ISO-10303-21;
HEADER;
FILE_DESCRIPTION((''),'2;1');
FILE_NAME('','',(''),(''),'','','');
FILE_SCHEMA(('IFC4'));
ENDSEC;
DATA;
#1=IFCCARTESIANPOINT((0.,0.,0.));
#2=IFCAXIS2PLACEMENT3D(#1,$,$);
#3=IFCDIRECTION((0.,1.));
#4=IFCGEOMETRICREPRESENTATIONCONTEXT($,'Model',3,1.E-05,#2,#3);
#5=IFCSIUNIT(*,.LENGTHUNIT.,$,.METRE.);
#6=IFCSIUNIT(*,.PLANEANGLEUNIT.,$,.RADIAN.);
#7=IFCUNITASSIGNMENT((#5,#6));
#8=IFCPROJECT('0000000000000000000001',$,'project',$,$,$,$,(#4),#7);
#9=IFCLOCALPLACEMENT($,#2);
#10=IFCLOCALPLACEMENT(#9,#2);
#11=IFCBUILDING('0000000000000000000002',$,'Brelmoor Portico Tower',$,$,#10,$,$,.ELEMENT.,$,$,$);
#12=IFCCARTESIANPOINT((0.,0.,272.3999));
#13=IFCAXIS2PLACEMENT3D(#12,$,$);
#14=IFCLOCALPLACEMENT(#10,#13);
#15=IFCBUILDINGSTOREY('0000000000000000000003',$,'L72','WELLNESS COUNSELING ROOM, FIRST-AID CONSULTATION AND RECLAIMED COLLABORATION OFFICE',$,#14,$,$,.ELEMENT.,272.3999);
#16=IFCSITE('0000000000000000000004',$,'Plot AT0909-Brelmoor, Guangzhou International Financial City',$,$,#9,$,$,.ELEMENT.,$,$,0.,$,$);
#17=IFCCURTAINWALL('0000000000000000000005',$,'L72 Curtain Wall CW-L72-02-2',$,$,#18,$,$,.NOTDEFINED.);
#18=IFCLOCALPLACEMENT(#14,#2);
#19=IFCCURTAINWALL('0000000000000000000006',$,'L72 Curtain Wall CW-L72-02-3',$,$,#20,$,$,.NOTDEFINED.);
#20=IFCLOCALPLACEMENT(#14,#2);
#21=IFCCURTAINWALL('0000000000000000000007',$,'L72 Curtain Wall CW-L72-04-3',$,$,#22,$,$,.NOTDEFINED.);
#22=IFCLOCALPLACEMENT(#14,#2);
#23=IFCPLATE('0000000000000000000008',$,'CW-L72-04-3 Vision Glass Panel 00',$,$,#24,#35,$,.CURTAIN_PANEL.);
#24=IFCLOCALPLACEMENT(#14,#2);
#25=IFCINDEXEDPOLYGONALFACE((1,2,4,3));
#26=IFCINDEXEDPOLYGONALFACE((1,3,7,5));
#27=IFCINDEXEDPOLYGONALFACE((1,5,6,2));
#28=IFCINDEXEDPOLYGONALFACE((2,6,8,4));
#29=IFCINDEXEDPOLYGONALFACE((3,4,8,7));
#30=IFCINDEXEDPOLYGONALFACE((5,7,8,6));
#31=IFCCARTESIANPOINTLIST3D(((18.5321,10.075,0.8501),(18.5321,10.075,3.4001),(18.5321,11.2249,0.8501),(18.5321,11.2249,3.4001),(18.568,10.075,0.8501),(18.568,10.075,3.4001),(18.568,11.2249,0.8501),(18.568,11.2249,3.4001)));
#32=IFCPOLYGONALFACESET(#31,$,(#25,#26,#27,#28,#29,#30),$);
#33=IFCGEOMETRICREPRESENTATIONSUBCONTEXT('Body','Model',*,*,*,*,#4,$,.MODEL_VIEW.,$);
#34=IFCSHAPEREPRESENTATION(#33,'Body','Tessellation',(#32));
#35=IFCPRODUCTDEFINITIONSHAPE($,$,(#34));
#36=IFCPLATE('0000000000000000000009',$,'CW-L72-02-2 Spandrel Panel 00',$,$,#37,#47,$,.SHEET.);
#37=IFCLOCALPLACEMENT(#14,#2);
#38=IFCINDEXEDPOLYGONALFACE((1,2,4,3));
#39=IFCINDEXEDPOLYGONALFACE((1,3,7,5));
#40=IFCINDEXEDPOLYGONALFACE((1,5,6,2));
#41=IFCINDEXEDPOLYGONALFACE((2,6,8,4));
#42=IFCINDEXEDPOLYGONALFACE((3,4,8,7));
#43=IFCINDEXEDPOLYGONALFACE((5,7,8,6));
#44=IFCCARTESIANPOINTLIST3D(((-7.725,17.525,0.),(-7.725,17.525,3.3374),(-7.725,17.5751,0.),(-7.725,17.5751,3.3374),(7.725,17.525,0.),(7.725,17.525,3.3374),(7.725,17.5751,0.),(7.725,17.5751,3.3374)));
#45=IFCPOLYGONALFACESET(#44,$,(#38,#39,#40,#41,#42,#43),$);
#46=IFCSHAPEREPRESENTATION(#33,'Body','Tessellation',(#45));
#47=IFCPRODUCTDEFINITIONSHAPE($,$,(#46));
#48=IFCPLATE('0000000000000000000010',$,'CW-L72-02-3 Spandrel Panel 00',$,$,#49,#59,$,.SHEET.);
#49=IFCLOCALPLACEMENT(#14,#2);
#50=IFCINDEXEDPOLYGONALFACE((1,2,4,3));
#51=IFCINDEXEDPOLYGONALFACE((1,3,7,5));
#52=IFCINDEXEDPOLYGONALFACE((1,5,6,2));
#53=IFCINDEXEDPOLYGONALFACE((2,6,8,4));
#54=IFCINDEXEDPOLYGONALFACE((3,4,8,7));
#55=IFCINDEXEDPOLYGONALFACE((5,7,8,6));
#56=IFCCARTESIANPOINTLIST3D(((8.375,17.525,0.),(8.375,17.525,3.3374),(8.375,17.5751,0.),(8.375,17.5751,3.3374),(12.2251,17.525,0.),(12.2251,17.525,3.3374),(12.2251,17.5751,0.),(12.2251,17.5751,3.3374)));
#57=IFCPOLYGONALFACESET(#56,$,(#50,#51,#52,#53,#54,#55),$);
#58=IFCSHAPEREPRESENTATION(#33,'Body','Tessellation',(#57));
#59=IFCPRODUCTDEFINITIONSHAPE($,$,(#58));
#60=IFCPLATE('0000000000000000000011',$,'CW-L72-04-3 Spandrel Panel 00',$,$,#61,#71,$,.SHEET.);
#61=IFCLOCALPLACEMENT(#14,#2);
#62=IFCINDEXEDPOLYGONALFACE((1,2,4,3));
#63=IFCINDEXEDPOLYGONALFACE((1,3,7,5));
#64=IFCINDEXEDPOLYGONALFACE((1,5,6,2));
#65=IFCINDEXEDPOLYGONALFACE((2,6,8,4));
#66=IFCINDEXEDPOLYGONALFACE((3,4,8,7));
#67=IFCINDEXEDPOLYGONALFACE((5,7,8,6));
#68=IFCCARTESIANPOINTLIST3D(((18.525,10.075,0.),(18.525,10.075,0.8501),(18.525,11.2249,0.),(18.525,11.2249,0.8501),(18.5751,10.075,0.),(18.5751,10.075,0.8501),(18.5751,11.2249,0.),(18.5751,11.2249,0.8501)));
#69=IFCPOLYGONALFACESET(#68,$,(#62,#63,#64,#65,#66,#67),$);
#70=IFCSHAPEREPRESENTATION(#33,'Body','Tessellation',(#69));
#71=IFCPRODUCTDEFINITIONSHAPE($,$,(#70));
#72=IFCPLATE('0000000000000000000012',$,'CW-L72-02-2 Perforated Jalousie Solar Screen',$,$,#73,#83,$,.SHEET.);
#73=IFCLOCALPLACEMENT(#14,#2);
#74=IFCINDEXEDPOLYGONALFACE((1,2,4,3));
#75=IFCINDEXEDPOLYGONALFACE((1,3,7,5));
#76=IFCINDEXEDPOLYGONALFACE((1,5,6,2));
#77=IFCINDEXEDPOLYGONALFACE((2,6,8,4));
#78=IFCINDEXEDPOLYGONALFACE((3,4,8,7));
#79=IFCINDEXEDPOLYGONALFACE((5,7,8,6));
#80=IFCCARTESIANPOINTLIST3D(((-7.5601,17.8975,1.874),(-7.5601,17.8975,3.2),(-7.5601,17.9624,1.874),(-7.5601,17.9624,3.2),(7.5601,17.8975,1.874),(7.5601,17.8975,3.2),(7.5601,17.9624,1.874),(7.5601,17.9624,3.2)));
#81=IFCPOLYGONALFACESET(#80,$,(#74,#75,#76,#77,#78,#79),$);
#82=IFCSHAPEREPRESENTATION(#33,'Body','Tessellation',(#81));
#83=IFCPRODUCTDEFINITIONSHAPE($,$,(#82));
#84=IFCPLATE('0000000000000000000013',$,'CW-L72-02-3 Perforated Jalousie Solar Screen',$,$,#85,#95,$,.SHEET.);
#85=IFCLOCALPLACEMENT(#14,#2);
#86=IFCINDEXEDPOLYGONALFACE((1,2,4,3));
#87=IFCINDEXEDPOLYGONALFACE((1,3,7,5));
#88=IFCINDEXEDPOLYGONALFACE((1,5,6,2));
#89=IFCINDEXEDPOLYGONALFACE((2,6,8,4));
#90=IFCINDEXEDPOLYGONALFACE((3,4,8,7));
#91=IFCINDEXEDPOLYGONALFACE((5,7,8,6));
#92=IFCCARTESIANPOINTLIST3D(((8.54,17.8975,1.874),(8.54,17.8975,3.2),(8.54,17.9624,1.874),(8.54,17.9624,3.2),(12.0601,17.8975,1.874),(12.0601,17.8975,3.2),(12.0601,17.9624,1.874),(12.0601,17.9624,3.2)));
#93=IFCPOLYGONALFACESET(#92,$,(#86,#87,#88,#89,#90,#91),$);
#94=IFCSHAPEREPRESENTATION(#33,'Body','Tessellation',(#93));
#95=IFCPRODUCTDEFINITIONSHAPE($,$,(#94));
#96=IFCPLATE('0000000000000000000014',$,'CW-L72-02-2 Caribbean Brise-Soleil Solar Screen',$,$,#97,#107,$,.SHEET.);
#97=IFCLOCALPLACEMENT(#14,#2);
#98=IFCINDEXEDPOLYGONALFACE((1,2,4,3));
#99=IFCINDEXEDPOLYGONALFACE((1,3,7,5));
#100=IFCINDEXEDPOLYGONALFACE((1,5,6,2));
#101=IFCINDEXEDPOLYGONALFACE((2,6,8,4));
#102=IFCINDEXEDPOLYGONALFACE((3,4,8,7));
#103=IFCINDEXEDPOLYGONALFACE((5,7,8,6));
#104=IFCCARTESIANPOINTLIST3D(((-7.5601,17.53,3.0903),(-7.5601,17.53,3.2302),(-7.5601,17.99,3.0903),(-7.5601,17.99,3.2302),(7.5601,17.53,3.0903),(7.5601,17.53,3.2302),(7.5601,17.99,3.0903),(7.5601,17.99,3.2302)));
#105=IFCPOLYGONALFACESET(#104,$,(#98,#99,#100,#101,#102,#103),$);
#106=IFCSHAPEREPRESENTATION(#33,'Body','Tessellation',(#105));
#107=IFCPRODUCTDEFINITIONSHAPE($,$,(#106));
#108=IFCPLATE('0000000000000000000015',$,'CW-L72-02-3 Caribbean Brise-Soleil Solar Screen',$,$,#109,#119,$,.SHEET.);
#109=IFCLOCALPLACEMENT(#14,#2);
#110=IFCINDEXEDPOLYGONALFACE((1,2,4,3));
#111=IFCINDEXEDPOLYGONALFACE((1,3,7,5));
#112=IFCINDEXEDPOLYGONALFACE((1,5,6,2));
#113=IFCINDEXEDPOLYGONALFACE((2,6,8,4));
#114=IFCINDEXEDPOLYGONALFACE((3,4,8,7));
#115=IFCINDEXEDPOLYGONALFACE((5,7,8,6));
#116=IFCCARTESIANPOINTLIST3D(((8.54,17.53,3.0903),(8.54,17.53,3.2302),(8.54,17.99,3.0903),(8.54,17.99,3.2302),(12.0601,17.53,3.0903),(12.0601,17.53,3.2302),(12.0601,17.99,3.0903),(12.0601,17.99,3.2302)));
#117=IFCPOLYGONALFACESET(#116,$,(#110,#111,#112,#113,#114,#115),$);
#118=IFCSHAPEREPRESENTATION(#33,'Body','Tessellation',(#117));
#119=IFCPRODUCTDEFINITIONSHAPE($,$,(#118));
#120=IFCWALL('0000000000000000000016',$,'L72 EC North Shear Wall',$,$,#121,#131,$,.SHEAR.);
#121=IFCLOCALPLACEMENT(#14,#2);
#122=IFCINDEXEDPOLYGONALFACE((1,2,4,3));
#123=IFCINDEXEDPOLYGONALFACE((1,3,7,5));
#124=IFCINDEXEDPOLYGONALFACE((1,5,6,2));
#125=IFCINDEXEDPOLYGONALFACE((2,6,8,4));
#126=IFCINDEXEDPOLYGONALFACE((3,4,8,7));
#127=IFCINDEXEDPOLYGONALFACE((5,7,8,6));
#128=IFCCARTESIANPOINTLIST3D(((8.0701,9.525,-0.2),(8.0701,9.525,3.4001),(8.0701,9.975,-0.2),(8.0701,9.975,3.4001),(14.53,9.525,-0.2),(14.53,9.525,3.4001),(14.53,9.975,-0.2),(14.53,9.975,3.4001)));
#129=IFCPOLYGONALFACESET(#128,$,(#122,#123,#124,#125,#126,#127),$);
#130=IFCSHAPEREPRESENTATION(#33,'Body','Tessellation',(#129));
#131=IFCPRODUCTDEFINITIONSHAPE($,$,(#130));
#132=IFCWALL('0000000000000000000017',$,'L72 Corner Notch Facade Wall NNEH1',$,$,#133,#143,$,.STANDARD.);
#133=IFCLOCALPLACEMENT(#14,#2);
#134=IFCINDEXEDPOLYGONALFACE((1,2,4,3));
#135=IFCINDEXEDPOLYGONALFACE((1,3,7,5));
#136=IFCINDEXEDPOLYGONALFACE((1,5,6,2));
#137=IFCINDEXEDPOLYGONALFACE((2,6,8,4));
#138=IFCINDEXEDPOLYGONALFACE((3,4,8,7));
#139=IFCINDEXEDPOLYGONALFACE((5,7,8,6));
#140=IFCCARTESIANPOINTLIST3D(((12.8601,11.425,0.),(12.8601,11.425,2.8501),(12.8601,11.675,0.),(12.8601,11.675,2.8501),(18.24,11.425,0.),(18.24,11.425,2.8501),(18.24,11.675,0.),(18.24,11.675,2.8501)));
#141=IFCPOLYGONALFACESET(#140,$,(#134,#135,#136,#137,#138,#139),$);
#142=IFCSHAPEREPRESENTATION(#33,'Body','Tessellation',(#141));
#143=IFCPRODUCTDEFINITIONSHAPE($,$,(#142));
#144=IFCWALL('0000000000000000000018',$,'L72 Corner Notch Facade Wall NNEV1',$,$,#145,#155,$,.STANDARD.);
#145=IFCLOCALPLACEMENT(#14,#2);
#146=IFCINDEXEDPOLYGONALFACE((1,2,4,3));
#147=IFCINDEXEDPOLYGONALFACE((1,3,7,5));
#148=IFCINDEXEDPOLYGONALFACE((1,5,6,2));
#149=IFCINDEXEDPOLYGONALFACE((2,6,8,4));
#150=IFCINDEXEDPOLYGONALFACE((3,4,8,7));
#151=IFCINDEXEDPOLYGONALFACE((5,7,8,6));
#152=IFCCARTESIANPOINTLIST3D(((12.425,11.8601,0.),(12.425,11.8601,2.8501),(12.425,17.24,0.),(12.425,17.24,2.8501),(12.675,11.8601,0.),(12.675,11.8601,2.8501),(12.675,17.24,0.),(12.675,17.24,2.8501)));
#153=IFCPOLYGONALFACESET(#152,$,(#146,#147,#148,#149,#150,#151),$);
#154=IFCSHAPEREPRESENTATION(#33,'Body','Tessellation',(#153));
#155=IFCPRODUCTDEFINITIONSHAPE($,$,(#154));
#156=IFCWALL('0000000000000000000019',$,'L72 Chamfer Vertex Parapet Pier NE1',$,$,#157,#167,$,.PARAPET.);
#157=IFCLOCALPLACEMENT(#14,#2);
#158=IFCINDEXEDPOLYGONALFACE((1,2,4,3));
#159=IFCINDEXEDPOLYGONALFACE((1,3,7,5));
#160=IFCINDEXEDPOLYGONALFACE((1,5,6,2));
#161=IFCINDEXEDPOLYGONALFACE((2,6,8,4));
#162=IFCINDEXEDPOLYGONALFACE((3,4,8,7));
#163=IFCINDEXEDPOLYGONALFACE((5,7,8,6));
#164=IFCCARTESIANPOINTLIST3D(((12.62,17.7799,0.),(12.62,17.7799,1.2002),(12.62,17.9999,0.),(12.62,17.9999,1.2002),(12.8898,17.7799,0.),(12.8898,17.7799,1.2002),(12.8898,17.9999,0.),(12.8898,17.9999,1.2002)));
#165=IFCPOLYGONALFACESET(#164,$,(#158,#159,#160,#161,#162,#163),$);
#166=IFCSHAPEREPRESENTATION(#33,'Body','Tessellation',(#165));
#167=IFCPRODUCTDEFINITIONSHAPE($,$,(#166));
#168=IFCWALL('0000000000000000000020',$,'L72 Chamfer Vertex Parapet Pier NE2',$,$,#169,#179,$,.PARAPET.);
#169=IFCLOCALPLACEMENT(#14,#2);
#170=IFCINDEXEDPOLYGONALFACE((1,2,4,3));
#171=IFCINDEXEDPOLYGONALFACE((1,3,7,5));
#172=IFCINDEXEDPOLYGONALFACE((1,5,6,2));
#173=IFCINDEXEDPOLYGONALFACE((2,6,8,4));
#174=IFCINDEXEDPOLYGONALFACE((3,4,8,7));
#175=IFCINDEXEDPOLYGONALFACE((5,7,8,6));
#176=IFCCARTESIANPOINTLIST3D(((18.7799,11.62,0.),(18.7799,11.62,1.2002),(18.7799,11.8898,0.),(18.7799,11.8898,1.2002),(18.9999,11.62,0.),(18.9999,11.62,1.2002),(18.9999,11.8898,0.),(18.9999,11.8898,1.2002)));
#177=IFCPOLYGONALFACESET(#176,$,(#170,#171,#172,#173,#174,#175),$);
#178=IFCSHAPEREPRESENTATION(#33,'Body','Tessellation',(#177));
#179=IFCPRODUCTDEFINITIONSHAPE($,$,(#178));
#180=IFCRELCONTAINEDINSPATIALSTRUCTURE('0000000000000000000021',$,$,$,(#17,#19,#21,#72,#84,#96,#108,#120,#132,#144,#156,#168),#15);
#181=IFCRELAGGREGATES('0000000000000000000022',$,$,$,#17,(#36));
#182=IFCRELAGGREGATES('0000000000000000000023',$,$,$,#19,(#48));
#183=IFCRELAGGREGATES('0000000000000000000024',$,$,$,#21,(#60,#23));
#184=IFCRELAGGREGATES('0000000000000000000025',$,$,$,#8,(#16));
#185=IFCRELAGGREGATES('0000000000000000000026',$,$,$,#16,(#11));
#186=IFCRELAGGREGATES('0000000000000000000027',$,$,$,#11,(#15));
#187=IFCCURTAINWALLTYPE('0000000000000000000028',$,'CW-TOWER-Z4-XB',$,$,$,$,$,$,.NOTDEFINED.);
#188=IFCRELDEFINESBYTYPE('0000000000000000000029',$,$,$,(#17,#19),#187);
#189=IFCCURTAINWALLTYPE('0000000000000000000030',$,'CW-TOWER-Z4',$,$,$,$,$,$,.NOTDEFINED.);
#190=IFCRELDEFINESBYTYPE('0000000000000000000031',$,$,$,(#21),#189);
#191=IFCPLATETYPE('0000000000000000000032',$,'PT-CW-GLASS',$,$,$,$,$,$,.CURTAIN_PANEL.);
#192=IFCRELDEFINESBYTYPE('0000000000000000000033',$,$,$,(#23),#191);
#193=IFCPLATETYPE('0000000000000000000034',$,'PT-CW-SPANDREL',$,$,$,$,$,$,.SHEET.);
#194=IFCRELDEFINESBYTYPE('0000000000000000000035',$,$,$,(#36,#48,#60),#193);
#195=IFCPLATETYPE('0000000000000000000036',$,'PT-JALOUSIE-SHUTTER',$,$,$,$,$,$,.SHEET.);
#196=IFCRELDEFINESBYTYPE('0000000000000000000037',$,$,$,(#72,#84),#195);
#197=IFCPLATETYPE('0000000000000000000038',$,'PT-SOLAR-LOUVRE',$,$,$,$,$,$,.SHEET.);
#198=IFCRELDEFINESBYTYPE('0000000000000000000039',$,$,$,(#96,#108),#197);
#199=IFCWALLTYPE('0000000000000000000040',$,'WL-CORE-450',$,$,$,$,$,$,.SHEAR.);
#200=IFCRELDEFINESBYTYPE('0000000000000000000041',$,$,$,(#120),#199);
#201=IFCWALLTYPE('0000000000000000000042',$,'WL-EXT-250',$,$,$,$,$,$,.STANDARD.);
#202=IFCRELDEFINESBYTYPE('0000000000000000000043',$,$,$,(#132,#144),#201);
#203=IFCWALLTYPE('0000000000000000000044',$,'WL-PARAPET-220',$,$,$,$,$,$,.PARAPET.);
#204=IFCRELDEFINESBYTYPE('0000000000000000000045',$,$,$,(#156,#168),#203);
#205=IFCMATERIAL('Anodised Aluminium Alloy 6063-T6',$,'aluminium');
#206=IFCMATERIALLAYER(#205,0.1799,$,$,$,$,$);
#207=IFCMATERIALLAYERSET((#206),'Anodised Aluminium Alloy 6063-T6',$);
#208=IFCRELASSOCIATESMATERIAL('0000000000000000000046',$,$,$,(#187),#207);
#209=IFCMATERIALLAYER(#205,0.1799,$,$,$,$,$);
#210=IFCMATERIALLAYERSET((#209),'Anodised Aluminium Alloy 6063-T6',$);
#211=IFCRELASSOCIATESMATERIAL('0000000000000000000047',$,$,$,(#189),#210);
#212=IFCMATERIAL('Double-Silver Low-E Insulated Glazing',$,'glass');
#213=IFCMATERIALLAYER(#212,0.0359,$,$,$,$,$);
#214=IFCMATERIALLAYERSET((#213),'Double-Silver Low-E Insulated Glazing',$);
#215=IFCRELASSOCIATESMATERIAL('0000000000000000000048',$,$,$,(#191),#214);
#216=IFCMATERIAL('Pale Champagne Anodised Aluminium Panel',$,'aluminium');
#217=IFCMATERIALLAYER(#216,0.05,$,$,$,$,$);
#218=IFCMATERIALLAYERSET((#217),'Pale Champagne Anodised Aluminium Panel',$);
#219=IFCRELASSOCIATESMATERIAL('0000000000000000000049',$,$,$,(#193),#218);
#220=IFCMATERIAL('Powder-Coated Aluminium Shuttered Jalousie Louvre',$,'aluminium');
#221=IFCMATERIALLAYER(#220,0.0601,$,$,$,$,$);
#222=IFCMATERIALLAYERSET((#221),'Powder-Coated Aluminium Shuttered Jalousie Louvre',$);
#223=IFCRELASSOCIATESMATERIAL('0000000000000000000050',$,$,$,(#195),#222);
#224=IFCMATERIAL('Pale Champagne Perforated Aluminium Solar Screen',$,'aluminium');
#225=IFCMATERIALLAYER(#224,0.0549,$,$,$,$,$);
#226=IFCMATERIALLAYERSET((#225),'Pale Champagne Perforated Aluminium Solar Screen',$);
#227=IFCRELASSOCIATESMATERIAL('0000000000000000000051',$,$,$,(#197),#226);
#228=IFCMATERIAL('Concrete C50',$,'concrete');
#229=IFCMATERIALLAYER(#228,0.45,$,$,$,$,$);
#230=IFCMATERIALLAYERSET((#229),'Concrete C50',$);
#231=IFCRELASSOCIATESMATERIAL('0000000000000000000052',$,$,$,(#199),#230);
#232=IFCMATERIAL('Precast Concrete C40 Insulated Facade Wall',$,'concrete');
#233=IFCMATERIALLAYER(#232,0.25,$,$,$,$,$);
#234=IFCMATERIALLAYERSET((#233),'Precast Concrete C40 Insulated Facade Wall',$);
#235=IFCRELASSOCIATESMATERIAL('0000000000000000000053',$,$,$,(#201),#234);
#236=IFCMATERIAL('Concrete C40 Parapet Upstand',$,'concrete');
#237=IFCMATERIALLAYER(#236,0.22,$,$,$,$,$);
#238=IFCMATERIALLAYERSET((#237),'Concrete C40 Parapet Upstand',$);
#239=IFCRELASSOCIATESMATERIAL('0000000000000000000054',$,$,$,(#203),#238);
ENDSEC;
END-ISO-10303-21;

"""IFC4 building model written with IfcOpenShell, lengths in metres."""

from ifc_helpers import new_model, si_unit, direction, frame, frame_2d, origin, origin_2d, place, context, subcontext, project, spatial, rectangle, extrude, material, layer, layer_set, type_object, element, aggregate, save


model = new_model("IFC4")

# Units and contexts
model_context = context("Model", 3, precision=1e-05, world=origin(), true_north=direction((0.0, 1.0)))
body_context = subcontext(model_context, "Body", "Model", "MODEL_VIEW")
ifc_project = project(units=[si_unit("LENGTHUNIT", "METRE"), si_unit("PLANEANGLEUNIT", "RADIAN")], contexts=[model_context])

# Site, building, storey
site_placement = place(None, origin())
site = spatial("IfcSite", under=ifc_project, at=site_placement, Name="Plot AT0909-Brelmoor, Guangzhou International Financial City", CompositionType="ELEMENT", RefElevation=0.0)
building_placement = place(site_placement, origin())
building = spatial("IfcBuilding", under=site, at=building_placement, Name="Brelmoor Portico Tower", CompositionType="ELEMENT")
storey_placement = place(building_placement, frame((0.0, 0.0, 272.3999)))
storey = spatial("IfcBuildingStorey", under=building, at=storey_placement, Name="L72", Description="WELLNESS COUNSELING ROOM, FIRST-AID CONSULTATION AND RECLAIMED COLLABORATION OFFICE", CompositionType="ELEMENT", Elevation=272.3999)

# Curtain wall
ifc_material_1 = material(Name="Anodised Aluminium Alloy 6063-T6", Category="aluminium")
ifc_layer_1 = layer(ifc_material_1, 0.1799)
ifc_layer_set_1 = layer_set([ifc_layer_1], Name="Anodised Aluminium Alloy 6063-T6")
curtain_wall_type_1 = type_object("IfcCurtainWallType", Name="CW-TOWER-Z4-XB", PredefinedType="NOTDEFINED", material=ifc_layer_set_1)
curtain_wall_1_placement = place(storey_placement, origin())
curtain_wall_1 = element("IfcCurtainWall", 1, at=curtain_wall_1_placement, inside=storey, type_object=curtain_wall_type_1, Name="L72 Curtain Wall CW-L72-02-2", PredefinedType="NOTDEFINED")

# Curtain walls
curtain_wall_2_placement = place(storey_placement, origin())
curtain_wall_2 = element("IfcCurtainWall", 2, at=curtain_wall_2_placement, inside=storey, type_object=curtain_wall_type_1, Name="L72 Curtain Wall CW-L72-02-3", PredefinedType="NOTDEFINED")
ifc_layer_2 = layer(ifc_material_1, 0.1799)
ifc_layer_set_2 = layer_set([ifc_layer_2], Name="Anodised Aluminium Alloy 6063-T6")
curtain_wall_type_2 = type_object("IfcCurtainWallType", Name="CW-TOWER-Z4", PredefinedType="NOTDEFINED", material=ifc_layer_set_2)
curtain_wall_3_placement = place(storey_placement, origin())
curtain_wall_3 = element("IfcCurtainWall", 3, at=curtain_wall_3_placement, inside=storey, type_object=curtain_wall_type_2, Name="L72 Curtain Wall CW-L72-04-3", PredefinedType="NOTDEFINED")

# Plates
ifc_material_2 = material(Name="Double-Silver Low-E Insulated Glazing", Category="glass")
ifc_layer_3 = layer(ifc_material_2, 0.0359)
ifc_layer_set_3 = layer_set([ifc_layer_3], Name="Double-Silver Low-E Insulated Glazing")
plate_type_1 = type_object("IfcPlateType", Name="PT-CW-GLASS", PredefinedType="CURTAIN_PANEL", material=ifc_layer_set_3)
plate_1_placement = place(storey_placement, frame((18.55, 10.6499, 0.8501), z_axis=(0.0, 0.0, 1.0), x_axis=(0.0, 1.0, 0.0)))
plate_1 = element("IfcPlate", 4, at=plate_1_placement, type_object=plate_type_1, Name="CW-L72-04-3 Vision Glass Panel 00", PredefinedType="CURTAIN_PANEL", context=body_context, shape_type="SweptSolid", body=[
    extrude(rectangle(XDim=1.1499, YDim=0.0359, at=origin_2d()), origin(), (0.0, 0.0, 1.0), 2.55),
])
ifc_material_3 = material(Name="Pale Champagne Anodised Aluminium Panel", Category="aluminium")
ifc_layer_4 = layer(ifc_material_3, 0.05)
ifc_layer_set_4 = layer_set([ifc_layer_4], Name="Pale Champagne Anodised Aluminium Panel")
plate_type_2 = type_object("IfcPlateType", Name="PT-CW-SPANDREL", PredefinedType="SHEET", material=ifc_layer_set_4)
plate_2_placement = place(storey_placement, frame((0.0, 17.55, 0.0), z_axis=(0.0, 0.0, 1.0), x_axis=(1.0, 0.0, 0.0)))
plate_2 = element("IfcPlate", 5, at=plate_2_placement, type_object=plate_type_2, Name="CW-L72-02-2 Spandrel Panel 00", PredefinedType="SHEET", context=body_context, shape_type="SweptSolid", body=[
    extrude(rectangle(XDim=15.45, YDim=0.05, at=origin_2d()), origin(), (0.0, 0.0, 1.0), 3.3374),
])
aggregate(curtain_wall_1, [plate_2])
plate_3_placement = place(storey_placement, frame((10.3, 17.55, 0.0), z_axis=(0.0, 0.0, 1.0), x_axis=(1.0, 0.0, 0.0)))
plate_3 = element("IfcPlate", 6, at=plate_3_placement, type_object=plate_type_2, Name="CW-L72-02-3 Spandrel Panel 00", PredefinedType="SHEET", context=body_context, shape_type="SweptSolid", body=[
    extrude(rectangle(XDim=3.8501, YDim=0.05, at=origin_2d()), origin(), (0.0, 0.0, 1.0), 3.3374),
])
aggregate(curtain_wall_2, [plate_3])
plate_4_placement = place(storey_placement, frame((18.55, 10.6499, 0.0), z_axis=(0.0, 0.0, 1.0), x_axis=(0.0, 1.0, 0.0)))
plate_4 = element("IfcPlate", 7, at=plate_4_placement, type_object=plate_type_2, Name="CW-L72-04-3 Spandrel Panel 00", PredefinedType="SHEET", context=body_context, shape_type="SweptSolid", body=[
    extrude(rectangle(XDim=1.1499, YDim=0.05, at=origin_2d()), origin(), (0.0, 0.0, 1.0), 0.8501),
])
aggregate(curtain_wall_3, [plate_4, plate_1])

# Plates
ifc_material_4 = material(Name="Powder-Coated Aluminium Shuttered Jalousie Louvre", Category="aluminium")
ifc_layer_5 = layer(ifc_material_4, 0.0601)
ifc_layer_set_5 = layer_set([ifc_layer_5], Name="Powder-Coated Aluminium Shuttered Jalousie Louvre")
plate_type_3 = type_object("IfcPlateType", Name="PT-JALOUSIE-SHUTTER", PredefinedType="SHEET", material=ifc_layer_set_5)
plate_5_placement = place(storey_placement, frame((0.0, 17.9299, 1.874), z_axis=(0.0, 0.0, 1.0), x_axis=(1.0, 0.0, 0.0)))
element("IfcPlate", 8, at=plate_5_placement, inside=storey, type_object=plate_type_3, Name="CW-L72-02-2 Perforated Jalousie Solar Screen", PredefinedType="SHEET", context=body_context, shape_type="SweptSolid", body=[
    extrude(rectangle(XDim=15.1201, YDim=0.0649, at=origin_2d()), origin(), (0.0, 0.0, 1.0), 1.3259),
])
plate_6_placement = place(storey_placement, frame((10.3, 17.9299, 1.874), z_axis=(0.0, 0.0, 1.0), x_axis=(1.0, 0.0, 0.0)))
element("IfcPlate", 9, at=plate_6_placement, inside=storey, type_object=plate_type_3, Name="CW-L72-02-3 Perforated Jalousie Solar Screen", PredefinedType="SHEET", context=body_context, shape_type="SweptSolid", body=[
    extrude(rectangle(XDim=3.52, YDim=0.0649, at=origin_2d()), origin(), (0.0, 0.0, 1.0), 1.3259),
])
ifc_material_5 = material(Name="Pale Champagne Perforated Aluminium Solar Screen", Category="aluminium")
ifc_layer_6 = layer(ifc_material_5, 0.0549)
ifc_layer_set_6 = layer_set([ifc_layer_6], Name="Pale Champagne Perforated Aluminium Solar Screen")
plate_type_4 = type_object("IfcPlateType", Name="PT-SOLAR-LOUVRE", PredefinedType="SHEET", material=ifc_layer_set_6)
plate_7_placement = place(storey_placement, frame((0.0, 17.76, 3.0903), z_axis=(0.0, 0.0, 1.0), x_axis=(1.0, 0.0, 0.0)))
element("IfcPlate", 10, at=plate_7_placement, inside=storey, type_object=plate_type_4, Name="CW-L72-02-2 Caribbean Brise-Soleil Solar Screen", PredefinedType="SHEET", context=body_context, shape_type="SweptSolid", body=[
    extrude(rectangle(XDim=15.1201, YDim=0.46, at=origin_2d()), origin(), (0.0, 0.0, 1.0), 0.1399),
])
plate_8_placement = place(storey_placement, frame((10.3, 17.76, 3.0903), z_axis=(0.0, 0.0, 1.0), x_axis=(1.0, 0.0, 0.0)))
element("IfcPlate", 11, at=plate_8_placement, inside=storey, type_object=plate_type_4, Name="CW-L72-02-3 Caribbean Brise-Soleil Solar Screen", PredefinedType="SHEET", context=body_context, shape_type="SweptSolid", body=[
    extrude(rectangle(XDim=3.52, YDim=0.46, at=origin_2d()), origin(), (0.0, 0.0, 1.0), 0.1399),
])

# Walls
ifc_material_6 = material(Name="Concrete C50", Category="concrete")
ifc_layer_7 = layer(ifc_material_6, 0.45)
ifc_layer_set_7 = layer_set([ifc_layer_7], Name="Concrete C50")
wall_type_1 = type_object("IfcWallType", Name="WL-CORE-450", PredefinedType="SHEAR", material=ifc_layer_set_7)
wall_1_placement = place(storey_placement, frame((8.0701, 9.75, -0.2), z_axis=(0.0, 0.0, 1.0), x_axis=(1.0, 0.0, 0.0)))
element("IfcWall", 12, at=wall_1_placement, inside=storey, type_object=wall_type_1, Name="L72 EC North Shear Wall", PredefinedType="SHEAR", context=body_context, shape_type="SweptSolid", body=[
    extrude(rectangle(XDim=6.46, YDim=0.45, at=frame_2d((3.23, 0.0))), origin(), (0.0, 0.0, 1.0), 3.6001),
])
ifc_material_7 = material(Name="Precast Concrete C40 Insulated Facade Wall", Category="concrete")
ifc_layer_8 = layer(ifc_material_7, 0.25)
ifc_layer_set_8 = layer_set([ifc_layer_8], Name="Precast Concrete C40 Insulated Facade Wall")
wall_type_2 = type_object("IfcWallType", Name="WL-EXT-250", PredefinedType="STANDARD", material=ifc_layer_set_8)
for number, where, z_axis, x_axis, name in (
    (13, (12.8601, 11.55, 0.0), (0.0, 0.0, 1.0), (1.0, 0.0, 0.0), "L72 Corner Notch Facade Wall NNEH1"),
    (14, (12.55, 11.8601, 0.0), (0.0, 0.0, 1.0), (0.0, 1.0, 0.0), "L72 Corner Notch Facade Wall NNEV1"),
):
    element("IfcWall", number, at=place(storey_placement, frame(where, z_axis=z_axis, x_axis=x_axis)), inside=storey, type_object=wall_type_2, Name=name, PredefinedType="STANDARD", context=body_context, shape_type="SweptSolid", body=[
        extrude(rectangle(XDim=5.3799, YDim=0.25, at=frame_2d((2.6899, 0.0))), origin(), (0.0, 0.0, 1.0), 2.8501),
    ])
ifc_material_8 = material(Name="Concrete C40 Parapet Upstand", Category="concrete")
ifc_layer_9 = layer(ifc_material_8, 0.22)
ifc_layer_set_9 = layer_set([ifc_layer_9], Name="Concrete C40 Parapet Upstand")
wall_type_3 = type_object("IfcWallType", Name="WL-PARAPET-220", PredefinedType="PARAPET", material=ifc_layer_set_9)
for number, where, z_axis, x_axis, name in (
    (15, (12.6201, 17.8899, 0.0), (0.0, 0.0, 1.0), (1.0, 0.0, 0.0), "L72 Chamfer Vertex Parapet Pier NE1"),
    (16, (18.8899, 11.6201, 0.0), (0.0, 0.0, 1.0), (0.0, 1.0, 0.0), "L72 Chamfer Vertex Parapet Pier NE2"),
):
    element("IfcWall", number, at=place(storey_placement, frame(where, z_axis=z_axis, x_axis=x_axis)), inside=storey, type_object=wall_type_3, Name=name, PredefinedType="PARAPET", context=body_context, shape_type="SweptSolid", body=[
        extrude(rectangle(XDim=0.2698, YDim=0.22, at=frame_2d((0.1348, 0.0))), origin(), (0.0, 0.0, 1.0), 1.2002),
    ])

save(model, "model.ifc")
